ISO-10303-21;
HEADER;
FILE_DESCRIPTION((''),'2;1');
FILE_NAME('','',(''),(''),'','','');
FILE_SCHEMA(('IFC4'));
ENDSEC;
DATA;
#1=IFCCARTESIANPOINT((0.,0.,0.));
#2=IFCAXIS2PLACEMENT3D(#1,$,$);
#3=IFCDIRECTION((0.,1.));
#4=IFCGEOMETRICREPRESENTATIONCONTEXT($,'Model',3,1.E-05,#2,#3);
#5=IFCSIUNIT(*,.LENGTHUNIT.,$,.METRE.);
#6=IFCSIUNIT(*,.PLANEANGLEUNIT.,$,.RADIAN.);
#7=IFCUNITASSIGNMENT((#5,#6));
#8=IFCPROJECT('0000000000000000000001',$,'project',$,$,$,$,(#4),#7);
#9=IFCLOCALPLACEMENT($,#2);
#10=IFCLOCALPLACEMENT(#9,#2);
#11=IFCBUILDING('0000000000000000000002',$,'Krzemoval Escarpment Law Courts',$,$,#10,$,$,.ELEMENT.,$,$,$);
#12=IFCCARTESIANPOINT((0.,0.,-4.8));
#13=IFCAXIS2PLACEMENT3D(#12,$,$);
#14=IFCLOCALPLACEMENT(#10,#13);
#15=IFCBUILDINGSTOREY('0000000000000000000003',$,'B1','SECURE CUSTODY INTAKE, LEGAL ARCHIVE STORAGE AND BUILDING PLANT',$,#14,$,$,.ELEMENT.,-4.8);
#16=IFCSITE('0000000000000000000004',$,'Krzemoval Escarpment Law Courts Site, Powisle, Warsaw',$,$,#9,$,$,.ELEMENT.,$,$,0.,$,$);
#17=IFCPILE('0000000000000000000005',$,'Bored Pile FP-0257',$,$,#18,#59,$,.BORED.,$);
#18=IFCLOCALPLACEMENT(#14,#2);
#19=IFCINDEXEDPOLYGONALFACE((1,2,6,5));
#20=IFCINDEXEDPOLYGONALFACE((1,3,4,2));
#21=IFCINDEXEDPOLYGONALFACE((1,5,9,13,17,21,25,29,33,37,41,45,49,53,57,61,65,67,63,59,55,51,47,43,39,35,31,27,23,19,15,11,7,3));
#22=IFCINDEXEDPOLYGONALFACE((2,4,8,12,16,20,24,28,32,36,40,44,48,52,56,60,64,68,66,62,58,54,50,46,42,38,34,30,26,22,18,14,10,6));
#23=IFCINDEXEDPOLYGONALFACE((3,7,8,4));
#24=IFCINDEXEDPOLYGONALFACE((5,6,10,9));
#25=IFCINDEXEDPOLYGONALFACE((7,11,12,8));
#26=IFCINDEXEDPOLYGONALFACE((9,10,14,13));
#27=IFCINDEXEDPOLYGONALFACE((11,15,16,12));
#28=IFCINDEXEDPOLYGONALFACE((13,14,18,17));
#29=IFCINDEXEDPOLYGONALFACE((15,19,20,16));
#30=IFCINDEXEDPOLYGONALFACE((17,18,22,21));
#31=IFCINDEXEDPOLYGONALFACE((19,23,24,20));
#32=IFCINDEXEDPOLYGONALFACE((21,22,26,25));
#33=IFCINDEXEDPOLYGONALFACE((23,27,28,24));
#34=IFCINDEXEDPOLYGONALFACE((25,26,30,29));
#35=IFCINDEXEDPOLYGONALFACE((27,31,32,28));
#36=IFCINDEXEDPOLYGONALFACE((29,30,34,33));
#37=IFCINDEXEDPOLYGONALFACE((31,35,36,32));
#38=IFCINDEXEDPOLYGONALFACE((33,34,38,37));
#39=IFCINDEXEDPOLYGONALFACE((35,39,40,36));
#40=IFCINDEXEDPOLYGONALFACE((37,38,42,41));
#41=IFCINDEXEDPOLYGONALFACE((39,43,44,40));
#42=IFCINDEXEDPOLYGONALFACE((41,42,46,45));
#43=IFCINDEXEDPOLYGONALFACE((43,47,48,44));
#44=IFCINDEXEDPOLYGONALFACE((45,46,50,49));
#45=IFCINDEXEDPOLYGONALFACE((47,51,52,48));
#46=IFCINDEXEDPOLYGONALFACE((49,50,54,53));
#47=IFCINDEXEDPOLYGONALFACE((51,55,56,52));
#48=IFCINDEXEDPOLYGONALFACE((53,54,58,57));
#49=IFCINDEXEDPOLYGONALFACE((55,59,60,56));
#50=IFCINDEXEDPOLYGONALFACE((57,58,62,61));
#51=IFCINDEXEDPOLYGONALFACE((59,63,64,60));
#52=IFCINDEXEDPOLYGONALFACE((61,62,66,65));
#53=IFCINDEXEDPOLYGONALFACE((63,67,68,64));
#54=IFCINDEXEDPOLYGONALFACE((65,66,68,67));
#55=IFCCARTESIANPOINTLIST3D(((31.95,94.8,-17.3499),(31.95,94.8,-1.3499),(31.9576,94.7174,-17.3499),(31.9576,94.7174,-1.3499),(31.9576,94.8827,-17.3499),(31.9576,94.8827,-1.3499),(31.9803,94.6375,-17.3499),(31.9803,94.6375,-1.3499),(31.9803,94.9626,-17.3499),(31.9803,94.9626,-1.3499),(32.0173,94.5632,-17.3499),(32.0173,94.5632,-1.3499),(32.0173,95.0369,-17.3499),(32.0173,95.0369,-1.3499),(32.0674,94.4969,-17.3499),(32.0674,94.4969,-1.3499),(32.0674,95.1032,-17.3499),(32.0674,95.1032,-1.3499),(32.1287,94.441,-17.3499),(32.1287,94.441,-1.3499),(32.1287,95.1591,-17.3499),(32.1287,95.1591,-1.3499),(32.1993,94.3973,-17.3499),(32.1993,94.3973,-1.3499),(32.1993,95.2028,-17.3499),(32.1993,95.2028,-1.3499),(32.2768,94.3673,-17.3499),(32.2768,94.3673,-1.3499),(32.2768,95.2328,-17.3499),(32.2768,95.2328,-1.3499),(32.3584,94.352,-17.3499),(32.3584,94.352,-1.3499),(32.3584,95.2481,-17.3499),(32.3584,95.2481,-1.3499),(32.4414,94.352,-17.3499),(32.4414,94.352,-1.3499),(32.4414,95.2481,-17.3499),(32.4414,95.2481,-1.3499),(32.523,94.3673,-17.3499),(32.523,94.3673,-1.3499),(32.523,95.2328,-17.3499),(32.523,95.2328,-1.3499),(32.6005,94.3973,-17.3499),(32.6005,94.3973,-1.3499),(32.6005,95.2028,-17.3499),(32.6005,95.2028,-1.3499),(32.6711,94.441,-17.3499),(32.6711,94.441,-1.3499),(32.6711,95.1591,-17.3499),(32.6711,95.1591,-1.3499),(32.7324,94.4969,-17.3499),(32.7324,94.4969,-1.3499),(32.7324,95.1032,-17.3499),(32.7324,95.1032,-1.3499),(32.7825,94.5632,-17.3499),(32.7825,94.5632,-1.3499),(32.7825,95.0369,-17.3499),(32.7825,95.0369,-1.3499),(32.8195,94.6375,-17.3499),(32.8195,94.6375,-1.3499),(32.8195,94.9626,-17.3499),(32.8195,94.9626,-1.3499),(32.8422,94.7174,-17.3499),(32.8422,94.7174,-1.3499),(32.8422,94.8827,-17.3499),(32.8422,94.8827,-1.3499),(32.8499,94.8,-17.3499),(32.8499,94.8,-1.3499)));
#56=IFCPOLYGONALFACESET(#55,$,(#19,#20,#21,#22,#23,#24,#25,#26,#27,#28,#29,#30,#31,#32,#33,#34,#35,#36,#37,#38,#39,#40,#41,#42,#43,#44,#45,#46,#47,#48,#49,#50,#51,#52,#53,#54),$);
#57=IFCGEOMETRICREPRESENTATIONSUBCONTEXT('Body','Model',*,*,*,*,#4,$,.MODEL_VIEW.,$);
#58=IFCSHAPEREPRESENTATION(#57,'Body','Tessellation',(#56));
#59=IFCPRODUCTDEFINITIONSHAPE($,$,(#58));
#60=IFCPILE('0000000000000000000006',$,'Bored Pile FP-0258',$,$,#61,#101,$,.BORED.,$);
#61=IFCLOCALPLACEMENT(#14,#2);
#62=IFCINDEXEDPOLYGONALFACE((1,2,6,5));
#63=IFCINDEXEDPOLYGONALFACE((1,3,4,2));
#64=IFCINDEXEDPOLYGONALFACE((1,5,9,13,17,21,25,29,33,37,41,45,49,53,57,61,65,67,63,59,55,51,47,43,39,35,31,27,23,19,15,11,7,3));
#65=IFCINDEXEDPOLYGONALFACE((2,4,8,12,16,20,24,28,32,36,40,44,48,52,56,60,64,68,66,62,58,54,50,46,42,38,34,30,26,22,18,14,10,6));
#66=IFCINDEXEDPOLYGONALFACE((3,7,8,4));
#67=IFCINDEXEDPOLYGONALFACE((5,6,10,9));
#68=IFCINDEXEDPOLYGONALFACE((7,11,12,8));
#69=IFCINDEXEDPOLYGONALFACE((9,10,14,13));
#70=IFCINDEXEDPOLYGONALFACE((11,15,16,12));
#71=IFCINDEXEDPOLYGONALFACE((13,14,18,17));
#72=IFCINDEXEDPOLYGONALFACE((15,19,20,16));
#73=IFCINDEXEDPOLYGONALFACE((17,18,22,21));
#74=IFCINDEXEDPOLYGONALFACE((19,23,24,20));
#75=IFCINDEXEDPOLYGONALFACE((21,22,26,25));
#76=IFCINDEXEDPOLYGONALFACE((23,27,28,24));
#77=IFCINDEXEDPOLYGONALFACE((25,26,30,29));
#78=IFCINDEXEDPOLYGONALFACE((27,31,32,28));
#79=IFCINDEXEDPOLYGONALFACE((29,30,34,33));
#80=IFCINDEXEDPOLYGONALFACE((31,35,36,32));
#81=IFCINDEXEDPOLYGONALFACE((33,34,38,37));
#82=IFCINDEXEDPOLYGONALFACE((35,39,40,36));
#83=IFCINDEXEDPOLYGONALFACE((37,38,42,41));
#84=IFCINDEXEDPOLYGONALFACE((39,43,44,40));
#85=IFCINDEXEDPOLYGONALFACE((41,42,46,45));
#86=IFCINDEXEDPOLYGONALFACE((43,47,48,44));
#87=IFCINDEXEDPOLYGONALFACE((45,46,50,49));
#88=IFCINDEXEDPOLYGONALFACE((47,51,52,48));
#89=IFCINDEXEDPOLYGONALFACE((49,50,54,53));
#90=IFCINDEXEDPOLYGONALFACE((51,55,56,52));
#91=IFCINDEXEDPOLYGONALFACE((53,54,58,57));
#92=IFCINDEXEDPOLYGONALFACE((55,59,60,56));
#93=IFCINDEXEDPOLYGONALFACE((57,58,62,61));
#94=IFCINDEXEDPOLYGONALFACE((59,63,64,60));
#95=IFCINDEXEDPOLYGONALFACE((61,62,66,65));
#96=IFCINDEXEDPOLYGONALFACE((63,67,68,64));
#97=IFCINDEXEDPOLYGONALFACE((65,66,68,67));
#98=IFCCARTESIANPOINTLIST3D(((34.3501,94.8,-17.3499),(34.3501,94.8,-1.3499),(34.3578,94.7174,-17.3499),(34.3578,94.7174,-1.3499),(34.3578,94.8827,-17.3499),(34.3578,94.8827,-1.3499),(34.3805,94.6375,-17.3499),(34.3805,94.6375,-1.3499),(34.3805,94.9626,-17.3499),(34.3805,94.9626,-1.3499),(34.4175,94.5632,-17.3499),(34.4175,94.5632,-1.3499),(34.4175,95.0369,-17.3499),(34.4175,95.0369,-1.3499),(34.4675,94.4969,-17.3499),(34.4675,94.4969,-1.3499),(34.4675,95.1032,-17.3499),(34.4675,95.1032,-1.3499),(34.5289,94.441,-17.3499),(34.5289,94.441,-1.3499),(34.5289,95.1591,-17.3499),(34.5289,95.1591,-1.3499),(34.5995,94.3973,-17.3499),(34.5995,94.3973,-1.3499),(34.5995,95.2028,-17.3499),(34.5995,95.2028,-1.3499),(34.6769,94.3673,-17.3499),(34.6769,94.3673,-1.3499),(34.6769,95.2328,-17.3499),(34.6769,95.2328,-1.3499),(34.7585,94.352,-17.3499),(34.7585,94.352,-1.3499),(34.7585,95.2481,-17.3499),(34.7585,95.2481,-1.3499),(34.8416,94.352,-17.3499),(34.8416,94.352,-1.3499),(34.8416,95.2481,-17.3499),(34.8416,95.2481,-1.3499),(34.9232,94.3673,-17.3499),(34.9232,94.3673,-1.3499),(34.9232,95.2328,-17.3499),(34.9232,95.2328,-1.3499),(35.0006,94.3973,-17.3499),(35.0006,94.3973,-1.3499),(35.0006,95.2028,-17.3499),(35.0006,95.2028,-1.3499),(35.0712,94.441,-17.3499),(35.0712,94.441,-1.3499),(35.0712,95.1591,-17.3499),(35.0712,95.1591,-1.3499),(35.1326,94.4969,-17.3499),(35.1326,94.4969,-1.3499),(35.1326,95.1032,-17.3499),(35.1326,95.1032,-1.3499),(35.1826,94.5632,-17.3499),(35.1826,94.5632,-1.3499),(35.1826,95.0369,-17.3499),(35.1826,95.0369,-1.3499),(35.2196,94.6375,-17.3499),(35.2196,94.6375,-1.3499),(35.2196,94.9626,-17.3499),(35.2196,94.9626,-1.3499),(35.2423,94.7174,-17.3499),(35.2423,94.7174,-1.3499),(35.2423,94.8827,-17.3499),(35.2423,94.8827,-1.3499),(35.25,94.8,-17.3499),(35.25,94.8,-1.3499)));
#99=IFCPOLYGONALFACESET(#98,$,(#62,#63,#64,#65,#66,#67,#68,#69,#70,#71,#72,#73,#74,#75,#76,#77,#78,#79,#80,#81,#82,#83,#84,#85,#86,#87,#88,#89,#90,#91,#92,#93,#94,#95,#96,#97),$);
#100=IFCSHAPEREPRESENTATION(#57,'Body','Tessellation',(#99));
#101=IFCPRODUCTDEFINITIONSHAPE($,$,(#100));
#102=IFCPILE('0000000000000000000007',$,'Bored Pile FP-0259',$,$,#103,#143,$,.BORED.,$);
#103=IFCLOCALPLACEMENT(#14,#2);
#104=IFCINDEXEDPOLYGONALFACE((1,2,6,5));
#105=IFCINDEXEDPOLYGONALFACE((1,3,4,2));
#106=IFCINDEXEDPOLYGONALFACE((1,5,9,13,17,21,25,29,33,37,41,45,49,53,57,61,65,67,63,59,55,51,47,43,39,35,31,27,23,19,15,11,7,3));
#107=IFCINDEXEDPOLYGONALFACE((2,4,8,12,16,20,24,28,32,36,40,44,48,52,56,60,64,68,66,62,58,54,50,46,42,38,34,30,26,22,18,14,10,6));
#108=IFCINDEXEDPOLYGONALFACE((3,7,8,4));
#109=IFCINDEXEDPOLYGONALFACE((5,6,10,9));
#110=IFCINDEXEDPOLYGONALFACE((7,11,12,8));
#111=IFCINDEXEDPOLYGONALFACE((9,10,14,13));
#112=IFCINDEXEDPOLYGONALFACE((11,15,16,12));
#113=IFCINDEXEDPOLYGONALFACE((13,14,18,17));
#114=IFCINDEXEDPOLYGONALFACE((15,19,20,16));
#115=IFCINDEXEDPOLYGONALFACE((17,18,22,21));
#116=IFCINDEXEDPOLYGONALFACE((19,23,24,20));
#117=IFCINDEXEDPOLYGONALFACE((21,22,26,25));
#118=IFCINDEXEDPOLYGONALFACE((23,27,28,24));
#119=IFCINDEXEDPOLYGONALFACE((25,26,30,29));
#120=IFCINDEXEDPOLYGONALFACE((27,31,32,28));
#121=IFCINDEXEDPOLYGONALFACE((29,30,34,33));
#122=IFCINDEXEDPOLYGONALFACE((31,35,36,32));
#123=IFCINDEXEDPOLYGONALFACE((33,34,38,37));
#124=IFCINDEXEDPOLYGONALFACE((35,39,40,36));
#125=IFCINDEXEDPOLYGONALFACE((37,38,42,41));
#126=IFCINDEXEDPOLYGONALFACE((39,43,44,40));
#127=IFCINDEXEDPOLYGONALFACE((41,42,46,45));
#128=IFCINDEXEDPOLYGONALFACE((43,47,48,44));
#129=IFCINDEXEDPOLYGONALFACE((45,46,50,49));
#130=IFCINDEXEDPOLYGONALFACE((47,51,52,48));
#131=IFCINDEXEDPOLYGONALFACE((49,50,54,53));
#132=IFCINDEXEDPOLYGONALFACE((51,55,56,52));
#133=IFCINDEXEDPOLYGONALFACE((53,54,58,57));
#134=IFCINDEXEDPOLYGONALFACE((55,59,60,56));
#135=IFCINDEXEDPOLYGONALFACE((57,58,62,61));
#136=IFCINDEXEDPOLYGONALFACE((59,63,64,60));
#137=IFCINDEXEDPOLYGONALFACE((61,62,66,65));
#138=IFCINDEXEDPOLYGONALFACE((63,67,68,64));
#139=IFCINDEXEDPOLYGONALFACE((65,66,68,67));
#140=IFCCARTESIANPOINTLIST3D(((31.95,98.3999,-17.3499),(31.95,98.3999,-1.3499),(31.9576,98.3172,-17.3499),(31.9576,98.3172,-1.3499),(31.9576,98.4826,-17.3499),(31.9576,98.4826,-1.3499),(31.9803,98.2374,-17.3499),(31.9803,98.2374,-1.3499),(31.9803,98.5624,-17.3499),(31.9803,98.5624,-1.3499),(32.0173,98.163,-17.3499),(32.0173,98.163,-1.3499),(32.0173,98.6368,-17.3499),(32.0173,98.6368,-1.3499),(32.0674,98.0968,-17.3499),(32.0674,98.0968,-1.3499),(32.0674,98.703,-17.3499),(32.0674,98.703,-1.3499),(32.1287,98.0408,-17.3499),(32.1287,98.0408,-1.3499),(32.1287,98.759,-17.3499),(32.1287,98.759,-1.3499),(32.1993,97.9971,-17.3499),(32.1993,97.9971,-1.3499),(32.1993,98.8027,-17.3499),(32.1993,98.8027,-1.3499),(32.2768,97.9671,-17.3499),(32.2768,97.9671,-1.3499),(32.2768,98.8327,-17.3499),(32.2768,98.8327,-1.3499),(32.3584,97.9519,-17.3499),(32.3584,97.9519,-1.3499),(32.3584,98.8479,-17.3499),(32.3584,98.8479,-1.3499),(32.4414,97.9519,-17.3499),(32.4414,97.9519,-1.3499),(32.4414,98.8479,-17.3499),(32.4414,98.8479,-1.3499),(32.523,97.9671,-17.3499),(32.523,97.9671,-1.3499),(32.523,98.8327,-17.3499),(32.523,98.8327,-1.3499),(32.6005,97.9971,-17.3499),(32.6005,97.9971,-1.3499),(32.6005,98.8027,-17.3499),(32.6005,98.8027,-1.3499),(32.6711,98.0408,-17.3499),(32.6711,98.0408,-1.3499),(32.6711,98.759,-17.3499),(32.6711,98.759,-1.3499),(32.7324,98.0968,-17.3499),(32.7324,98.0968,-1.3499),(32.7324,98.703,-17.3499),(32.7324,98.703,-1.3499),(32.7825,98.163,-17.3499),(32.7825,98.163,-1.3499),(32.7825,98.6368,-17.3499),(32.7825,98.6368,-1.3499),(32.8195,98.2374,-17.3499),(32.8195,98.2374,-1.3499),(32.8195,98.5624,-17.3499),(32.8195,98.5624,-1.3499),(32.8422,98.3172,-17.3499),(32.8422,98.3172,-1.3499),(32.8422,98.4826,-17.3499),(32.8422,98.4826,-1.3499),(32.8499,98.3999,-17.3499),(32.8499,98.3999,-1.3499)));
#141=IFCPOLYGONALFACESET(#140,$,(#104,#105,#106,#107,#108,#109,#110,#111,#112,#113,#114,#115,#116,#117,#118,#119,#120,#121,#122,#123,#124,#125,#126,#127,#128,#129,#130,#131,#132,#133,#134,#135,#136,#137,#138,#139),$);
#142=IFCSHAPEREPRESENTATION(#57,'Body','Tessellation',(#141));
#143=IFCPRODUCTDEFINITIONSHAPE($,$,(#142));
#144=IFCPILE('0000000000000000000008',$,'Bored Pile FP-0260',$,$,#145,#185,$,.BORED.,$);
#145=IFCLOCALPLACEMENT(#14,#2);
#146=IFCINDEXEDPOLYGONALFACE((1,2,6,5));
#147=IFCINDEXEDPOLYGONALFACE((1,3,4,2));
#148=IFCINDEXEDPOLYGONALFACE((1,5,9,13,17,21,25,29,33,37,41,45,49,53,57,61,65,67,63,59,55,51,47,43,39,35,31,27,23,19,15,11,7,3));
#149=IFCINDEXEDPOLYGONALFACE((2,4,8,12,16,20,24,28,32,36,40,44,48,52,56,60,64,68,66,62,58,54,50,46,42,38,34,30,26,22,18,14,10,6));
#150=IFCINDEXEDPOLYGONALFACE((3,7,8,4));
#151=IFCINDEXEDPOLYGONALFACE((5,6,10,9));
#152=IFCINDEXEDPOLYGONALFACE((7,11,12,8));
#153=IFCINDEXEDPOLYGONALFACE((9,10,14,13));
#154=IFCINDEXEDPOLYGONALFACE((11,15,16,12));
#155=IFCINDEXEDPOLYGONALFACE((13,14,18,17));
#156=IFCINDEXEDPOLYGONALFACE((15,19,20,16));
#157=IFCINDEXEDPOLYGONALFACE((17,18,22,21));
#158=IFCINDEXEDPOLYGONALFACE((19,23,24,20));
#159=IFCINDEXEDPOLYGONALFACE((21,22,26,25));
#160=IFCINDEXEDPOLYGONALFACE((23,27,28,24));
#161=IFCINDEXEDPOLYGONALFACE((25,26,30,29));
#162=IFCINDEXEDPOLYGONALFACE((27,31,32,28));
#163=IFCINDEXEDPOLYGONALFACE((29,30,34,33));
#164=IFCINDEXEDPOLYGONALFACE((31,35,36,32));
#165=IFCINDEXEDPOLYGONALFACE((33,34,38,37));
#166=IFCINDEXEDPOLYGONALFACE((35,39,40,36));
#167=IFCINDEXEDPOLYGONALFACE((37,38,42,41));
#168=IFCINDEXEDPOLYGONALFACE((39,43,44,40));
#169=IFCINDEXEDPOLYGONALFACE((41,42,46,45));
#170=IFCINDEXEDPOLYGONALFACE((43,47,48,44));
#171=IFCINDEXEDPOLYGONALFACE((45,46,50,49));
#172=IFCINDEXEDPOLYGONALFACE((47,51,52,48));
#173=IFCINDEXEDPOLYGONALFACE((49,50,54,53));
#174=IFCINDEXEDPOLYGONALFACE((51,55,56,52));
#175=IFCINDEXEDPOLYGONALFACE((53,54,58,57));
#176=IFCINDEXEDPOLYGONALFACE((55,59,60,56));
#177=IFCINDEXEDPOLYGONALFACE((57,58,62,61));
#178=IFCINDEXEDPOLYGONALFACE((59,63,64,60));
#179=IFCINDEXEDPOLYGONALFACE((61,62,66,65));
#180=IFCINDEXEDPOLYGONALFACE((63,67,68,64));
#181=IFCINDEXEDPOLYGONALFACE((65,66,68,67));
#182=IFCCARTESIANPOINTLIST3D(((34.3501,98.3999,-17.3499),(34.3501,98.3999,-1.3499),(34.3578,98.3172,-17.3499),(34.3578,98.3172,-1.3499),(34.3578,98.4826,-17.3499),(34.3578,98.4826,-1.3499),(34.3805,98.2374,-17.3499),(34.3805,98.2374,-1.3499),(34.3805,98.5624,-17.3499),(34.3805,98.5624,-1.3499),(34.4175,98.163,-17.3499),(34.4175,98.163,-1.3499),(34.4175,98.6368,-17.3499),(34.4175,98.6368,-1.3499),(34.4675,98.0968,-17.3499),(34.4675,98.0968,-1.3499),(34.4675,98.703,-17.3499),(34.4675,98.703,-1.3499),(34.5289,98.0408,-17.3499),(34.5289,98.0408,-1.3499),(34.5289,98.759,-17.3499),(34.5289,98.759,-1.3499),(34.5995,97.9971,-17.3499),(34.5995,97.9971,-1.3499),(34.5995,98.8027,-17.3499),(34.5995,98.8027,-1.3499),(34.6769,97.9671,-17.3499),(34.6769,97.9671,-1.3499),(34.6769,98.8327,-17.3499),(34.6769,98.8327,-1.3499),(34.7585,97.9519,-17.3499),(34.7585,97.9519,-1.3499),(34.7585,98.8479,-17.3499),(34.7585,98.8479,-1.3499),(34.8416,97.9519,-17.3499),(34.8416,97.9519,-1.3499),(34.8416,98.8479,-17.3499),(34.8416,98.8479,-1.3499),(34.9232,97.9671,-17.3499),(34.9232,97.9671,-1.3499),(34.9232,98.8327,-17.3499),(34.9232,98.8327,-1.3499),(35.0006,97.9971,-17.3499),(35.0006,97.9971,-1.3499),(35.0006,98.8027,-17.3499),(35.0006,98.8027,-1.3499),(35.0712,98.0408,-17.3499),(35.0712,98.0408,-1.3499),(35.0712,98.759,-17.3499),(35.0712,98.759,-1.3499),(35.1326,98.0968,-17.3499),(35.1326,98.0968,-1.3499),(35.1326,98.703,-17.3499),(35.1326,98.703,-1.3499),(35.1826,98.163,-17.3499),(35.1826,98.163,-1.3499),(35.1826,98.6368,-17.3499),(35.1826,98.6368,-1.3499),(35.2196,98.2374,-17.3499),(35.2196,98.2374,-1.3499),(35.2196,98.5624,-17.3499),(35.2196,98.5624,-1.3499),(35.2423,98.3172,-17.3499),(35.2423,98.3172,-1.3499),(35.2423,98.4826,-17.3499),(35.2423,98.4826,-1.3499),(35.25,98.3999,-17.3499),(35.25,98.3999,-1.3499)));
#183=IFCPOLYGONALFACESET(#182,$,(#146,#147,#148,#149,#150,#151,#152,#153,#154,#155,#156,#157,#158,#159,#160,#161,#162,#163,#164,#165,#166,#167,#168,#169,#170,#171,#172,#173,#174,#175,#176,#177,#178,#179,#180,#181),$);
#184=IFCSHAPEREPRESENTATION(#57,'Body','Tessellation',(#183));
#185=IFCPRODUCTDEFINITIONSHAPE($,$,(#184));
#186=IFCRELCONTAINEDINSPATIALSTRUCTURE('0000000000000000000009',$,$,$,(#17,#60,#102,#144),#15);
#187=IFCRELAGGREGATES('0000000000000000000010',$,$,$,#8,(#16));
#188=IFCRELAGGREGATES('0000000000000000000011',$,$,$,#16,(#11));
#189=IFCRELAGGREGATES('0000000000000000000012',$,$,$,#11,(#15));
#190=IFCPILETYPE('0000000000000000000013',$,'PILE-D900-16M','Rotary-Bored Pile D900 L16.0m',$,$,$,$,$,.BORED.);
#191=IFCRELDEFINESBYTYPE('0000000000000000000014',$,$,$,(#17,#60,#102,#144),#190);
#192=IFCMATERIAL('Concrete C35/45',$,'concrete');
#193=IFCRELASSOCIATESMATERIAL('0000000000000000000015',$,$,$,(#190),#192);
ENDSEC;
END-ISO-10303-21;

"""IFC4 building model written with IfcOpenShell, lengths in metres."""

from ifc_helpers import new_model, si_unit, direction, frame, origin, origin_2d, place, context, subcontext, project, spatial, circle, extrude, material, material_profile, profile_set, type_object, element, save


model = new_model("IFC4")

# Units and contexts
model_context = context("Model", 3, precision=1e-05, world=origin(), true_north=direction((0.0, 1.0)))
body_context = subcontext(model_context, "Body", "Model", "MODEL_VIEW")
ifc_project = project(units=[si_unit("LENGTHUNIT", "METRE"), si_unit("PLANEANGLEUNIT", "RADIAN")], contexts=[model_context])

# Site, building, storey
site_placement = place(None, origin())
site = spatial("IfcSite", under=ifc_project, at=site_placement, Name="Krzemoval Escarpment Law Courts Site, Powisle, Warsaw", CompositionType="ELEMENT", RefElevation=0.0)
building_placement = place(site_placement, origin())
building = spatial("IfcBuilding", under=site, at=building_placement, Name="Krzemoval Escarpment Law Courts", CompositionType="ELEMENT")
storey_placement = place(building_placement, frame((0.0, 0.0, -4.8)))
storey = spatial("IfcBuildingStorey", under=building, at=storey_placement, Name="B1", Description="SECURE CUSTODY INTAKE, LEGAL ARCHIVE STORAGE AND BUILDING PLANT", CompositionType="ELEMENT", Elevation=-4.8)

# Piles
ifc_material_1 = material(Name="Concrete C35/45", Category="concrete")
ifc_material_profile_1 = material_profile(ifc_material_1, circle(Radius=0.45, at=origin_2d()), Name="PILE D900")
ifc_profile_set_1 = profile_set([ifc_material_profile_1], Name="Concrete C35/45")
pile_type = type_object("IfcPileType", Name="PILE-D900-16M", Description="Rotary-Bored Pile D900 L16.0m", PredefinedType="BORED", material=ifc_profile_set_1)
for number, where, z_axis, x_axis, name in (
    (1, (32.3999, 94.8, -1.3499), (0.0, 0.0, -1.0), (1.0, 0.0, 0.0), "Bored Pile FP-0257"),
    (2, (34.8, 94.8, -1.3499), (0.0, 0.0, -1.0), (1.0, 0.0, 0.0), "Bored Pile FP-0258"),
    (3, (32.3999, 98.3999, -1.3499), (0.0, 0.0, -1.0), (1.0, 0.0, 0.0), "Bored Pile FP-0259"),
    (4, (34.8, 98.3999, -1.3499), (0.0, 0.0, -1.0), (1.0, 0.0, 0.0), "Bored Pile FP-0260"),
):
    element("IfcPile", number, at=place(storey_placement, frame(where, z_axis=z_axis, x_axis=x_axis)), inside=storey, type_object=pile_type, Name=name, PredefinedType="BORED", context=body_context, shape_type="SweptSolid", body=[
        extrude(circle(Radius=0.45, at=origin_2d()), origin(), (0.0, 0.0, 1.0), 16.0),
    ])

save(model, "model.ifc")
